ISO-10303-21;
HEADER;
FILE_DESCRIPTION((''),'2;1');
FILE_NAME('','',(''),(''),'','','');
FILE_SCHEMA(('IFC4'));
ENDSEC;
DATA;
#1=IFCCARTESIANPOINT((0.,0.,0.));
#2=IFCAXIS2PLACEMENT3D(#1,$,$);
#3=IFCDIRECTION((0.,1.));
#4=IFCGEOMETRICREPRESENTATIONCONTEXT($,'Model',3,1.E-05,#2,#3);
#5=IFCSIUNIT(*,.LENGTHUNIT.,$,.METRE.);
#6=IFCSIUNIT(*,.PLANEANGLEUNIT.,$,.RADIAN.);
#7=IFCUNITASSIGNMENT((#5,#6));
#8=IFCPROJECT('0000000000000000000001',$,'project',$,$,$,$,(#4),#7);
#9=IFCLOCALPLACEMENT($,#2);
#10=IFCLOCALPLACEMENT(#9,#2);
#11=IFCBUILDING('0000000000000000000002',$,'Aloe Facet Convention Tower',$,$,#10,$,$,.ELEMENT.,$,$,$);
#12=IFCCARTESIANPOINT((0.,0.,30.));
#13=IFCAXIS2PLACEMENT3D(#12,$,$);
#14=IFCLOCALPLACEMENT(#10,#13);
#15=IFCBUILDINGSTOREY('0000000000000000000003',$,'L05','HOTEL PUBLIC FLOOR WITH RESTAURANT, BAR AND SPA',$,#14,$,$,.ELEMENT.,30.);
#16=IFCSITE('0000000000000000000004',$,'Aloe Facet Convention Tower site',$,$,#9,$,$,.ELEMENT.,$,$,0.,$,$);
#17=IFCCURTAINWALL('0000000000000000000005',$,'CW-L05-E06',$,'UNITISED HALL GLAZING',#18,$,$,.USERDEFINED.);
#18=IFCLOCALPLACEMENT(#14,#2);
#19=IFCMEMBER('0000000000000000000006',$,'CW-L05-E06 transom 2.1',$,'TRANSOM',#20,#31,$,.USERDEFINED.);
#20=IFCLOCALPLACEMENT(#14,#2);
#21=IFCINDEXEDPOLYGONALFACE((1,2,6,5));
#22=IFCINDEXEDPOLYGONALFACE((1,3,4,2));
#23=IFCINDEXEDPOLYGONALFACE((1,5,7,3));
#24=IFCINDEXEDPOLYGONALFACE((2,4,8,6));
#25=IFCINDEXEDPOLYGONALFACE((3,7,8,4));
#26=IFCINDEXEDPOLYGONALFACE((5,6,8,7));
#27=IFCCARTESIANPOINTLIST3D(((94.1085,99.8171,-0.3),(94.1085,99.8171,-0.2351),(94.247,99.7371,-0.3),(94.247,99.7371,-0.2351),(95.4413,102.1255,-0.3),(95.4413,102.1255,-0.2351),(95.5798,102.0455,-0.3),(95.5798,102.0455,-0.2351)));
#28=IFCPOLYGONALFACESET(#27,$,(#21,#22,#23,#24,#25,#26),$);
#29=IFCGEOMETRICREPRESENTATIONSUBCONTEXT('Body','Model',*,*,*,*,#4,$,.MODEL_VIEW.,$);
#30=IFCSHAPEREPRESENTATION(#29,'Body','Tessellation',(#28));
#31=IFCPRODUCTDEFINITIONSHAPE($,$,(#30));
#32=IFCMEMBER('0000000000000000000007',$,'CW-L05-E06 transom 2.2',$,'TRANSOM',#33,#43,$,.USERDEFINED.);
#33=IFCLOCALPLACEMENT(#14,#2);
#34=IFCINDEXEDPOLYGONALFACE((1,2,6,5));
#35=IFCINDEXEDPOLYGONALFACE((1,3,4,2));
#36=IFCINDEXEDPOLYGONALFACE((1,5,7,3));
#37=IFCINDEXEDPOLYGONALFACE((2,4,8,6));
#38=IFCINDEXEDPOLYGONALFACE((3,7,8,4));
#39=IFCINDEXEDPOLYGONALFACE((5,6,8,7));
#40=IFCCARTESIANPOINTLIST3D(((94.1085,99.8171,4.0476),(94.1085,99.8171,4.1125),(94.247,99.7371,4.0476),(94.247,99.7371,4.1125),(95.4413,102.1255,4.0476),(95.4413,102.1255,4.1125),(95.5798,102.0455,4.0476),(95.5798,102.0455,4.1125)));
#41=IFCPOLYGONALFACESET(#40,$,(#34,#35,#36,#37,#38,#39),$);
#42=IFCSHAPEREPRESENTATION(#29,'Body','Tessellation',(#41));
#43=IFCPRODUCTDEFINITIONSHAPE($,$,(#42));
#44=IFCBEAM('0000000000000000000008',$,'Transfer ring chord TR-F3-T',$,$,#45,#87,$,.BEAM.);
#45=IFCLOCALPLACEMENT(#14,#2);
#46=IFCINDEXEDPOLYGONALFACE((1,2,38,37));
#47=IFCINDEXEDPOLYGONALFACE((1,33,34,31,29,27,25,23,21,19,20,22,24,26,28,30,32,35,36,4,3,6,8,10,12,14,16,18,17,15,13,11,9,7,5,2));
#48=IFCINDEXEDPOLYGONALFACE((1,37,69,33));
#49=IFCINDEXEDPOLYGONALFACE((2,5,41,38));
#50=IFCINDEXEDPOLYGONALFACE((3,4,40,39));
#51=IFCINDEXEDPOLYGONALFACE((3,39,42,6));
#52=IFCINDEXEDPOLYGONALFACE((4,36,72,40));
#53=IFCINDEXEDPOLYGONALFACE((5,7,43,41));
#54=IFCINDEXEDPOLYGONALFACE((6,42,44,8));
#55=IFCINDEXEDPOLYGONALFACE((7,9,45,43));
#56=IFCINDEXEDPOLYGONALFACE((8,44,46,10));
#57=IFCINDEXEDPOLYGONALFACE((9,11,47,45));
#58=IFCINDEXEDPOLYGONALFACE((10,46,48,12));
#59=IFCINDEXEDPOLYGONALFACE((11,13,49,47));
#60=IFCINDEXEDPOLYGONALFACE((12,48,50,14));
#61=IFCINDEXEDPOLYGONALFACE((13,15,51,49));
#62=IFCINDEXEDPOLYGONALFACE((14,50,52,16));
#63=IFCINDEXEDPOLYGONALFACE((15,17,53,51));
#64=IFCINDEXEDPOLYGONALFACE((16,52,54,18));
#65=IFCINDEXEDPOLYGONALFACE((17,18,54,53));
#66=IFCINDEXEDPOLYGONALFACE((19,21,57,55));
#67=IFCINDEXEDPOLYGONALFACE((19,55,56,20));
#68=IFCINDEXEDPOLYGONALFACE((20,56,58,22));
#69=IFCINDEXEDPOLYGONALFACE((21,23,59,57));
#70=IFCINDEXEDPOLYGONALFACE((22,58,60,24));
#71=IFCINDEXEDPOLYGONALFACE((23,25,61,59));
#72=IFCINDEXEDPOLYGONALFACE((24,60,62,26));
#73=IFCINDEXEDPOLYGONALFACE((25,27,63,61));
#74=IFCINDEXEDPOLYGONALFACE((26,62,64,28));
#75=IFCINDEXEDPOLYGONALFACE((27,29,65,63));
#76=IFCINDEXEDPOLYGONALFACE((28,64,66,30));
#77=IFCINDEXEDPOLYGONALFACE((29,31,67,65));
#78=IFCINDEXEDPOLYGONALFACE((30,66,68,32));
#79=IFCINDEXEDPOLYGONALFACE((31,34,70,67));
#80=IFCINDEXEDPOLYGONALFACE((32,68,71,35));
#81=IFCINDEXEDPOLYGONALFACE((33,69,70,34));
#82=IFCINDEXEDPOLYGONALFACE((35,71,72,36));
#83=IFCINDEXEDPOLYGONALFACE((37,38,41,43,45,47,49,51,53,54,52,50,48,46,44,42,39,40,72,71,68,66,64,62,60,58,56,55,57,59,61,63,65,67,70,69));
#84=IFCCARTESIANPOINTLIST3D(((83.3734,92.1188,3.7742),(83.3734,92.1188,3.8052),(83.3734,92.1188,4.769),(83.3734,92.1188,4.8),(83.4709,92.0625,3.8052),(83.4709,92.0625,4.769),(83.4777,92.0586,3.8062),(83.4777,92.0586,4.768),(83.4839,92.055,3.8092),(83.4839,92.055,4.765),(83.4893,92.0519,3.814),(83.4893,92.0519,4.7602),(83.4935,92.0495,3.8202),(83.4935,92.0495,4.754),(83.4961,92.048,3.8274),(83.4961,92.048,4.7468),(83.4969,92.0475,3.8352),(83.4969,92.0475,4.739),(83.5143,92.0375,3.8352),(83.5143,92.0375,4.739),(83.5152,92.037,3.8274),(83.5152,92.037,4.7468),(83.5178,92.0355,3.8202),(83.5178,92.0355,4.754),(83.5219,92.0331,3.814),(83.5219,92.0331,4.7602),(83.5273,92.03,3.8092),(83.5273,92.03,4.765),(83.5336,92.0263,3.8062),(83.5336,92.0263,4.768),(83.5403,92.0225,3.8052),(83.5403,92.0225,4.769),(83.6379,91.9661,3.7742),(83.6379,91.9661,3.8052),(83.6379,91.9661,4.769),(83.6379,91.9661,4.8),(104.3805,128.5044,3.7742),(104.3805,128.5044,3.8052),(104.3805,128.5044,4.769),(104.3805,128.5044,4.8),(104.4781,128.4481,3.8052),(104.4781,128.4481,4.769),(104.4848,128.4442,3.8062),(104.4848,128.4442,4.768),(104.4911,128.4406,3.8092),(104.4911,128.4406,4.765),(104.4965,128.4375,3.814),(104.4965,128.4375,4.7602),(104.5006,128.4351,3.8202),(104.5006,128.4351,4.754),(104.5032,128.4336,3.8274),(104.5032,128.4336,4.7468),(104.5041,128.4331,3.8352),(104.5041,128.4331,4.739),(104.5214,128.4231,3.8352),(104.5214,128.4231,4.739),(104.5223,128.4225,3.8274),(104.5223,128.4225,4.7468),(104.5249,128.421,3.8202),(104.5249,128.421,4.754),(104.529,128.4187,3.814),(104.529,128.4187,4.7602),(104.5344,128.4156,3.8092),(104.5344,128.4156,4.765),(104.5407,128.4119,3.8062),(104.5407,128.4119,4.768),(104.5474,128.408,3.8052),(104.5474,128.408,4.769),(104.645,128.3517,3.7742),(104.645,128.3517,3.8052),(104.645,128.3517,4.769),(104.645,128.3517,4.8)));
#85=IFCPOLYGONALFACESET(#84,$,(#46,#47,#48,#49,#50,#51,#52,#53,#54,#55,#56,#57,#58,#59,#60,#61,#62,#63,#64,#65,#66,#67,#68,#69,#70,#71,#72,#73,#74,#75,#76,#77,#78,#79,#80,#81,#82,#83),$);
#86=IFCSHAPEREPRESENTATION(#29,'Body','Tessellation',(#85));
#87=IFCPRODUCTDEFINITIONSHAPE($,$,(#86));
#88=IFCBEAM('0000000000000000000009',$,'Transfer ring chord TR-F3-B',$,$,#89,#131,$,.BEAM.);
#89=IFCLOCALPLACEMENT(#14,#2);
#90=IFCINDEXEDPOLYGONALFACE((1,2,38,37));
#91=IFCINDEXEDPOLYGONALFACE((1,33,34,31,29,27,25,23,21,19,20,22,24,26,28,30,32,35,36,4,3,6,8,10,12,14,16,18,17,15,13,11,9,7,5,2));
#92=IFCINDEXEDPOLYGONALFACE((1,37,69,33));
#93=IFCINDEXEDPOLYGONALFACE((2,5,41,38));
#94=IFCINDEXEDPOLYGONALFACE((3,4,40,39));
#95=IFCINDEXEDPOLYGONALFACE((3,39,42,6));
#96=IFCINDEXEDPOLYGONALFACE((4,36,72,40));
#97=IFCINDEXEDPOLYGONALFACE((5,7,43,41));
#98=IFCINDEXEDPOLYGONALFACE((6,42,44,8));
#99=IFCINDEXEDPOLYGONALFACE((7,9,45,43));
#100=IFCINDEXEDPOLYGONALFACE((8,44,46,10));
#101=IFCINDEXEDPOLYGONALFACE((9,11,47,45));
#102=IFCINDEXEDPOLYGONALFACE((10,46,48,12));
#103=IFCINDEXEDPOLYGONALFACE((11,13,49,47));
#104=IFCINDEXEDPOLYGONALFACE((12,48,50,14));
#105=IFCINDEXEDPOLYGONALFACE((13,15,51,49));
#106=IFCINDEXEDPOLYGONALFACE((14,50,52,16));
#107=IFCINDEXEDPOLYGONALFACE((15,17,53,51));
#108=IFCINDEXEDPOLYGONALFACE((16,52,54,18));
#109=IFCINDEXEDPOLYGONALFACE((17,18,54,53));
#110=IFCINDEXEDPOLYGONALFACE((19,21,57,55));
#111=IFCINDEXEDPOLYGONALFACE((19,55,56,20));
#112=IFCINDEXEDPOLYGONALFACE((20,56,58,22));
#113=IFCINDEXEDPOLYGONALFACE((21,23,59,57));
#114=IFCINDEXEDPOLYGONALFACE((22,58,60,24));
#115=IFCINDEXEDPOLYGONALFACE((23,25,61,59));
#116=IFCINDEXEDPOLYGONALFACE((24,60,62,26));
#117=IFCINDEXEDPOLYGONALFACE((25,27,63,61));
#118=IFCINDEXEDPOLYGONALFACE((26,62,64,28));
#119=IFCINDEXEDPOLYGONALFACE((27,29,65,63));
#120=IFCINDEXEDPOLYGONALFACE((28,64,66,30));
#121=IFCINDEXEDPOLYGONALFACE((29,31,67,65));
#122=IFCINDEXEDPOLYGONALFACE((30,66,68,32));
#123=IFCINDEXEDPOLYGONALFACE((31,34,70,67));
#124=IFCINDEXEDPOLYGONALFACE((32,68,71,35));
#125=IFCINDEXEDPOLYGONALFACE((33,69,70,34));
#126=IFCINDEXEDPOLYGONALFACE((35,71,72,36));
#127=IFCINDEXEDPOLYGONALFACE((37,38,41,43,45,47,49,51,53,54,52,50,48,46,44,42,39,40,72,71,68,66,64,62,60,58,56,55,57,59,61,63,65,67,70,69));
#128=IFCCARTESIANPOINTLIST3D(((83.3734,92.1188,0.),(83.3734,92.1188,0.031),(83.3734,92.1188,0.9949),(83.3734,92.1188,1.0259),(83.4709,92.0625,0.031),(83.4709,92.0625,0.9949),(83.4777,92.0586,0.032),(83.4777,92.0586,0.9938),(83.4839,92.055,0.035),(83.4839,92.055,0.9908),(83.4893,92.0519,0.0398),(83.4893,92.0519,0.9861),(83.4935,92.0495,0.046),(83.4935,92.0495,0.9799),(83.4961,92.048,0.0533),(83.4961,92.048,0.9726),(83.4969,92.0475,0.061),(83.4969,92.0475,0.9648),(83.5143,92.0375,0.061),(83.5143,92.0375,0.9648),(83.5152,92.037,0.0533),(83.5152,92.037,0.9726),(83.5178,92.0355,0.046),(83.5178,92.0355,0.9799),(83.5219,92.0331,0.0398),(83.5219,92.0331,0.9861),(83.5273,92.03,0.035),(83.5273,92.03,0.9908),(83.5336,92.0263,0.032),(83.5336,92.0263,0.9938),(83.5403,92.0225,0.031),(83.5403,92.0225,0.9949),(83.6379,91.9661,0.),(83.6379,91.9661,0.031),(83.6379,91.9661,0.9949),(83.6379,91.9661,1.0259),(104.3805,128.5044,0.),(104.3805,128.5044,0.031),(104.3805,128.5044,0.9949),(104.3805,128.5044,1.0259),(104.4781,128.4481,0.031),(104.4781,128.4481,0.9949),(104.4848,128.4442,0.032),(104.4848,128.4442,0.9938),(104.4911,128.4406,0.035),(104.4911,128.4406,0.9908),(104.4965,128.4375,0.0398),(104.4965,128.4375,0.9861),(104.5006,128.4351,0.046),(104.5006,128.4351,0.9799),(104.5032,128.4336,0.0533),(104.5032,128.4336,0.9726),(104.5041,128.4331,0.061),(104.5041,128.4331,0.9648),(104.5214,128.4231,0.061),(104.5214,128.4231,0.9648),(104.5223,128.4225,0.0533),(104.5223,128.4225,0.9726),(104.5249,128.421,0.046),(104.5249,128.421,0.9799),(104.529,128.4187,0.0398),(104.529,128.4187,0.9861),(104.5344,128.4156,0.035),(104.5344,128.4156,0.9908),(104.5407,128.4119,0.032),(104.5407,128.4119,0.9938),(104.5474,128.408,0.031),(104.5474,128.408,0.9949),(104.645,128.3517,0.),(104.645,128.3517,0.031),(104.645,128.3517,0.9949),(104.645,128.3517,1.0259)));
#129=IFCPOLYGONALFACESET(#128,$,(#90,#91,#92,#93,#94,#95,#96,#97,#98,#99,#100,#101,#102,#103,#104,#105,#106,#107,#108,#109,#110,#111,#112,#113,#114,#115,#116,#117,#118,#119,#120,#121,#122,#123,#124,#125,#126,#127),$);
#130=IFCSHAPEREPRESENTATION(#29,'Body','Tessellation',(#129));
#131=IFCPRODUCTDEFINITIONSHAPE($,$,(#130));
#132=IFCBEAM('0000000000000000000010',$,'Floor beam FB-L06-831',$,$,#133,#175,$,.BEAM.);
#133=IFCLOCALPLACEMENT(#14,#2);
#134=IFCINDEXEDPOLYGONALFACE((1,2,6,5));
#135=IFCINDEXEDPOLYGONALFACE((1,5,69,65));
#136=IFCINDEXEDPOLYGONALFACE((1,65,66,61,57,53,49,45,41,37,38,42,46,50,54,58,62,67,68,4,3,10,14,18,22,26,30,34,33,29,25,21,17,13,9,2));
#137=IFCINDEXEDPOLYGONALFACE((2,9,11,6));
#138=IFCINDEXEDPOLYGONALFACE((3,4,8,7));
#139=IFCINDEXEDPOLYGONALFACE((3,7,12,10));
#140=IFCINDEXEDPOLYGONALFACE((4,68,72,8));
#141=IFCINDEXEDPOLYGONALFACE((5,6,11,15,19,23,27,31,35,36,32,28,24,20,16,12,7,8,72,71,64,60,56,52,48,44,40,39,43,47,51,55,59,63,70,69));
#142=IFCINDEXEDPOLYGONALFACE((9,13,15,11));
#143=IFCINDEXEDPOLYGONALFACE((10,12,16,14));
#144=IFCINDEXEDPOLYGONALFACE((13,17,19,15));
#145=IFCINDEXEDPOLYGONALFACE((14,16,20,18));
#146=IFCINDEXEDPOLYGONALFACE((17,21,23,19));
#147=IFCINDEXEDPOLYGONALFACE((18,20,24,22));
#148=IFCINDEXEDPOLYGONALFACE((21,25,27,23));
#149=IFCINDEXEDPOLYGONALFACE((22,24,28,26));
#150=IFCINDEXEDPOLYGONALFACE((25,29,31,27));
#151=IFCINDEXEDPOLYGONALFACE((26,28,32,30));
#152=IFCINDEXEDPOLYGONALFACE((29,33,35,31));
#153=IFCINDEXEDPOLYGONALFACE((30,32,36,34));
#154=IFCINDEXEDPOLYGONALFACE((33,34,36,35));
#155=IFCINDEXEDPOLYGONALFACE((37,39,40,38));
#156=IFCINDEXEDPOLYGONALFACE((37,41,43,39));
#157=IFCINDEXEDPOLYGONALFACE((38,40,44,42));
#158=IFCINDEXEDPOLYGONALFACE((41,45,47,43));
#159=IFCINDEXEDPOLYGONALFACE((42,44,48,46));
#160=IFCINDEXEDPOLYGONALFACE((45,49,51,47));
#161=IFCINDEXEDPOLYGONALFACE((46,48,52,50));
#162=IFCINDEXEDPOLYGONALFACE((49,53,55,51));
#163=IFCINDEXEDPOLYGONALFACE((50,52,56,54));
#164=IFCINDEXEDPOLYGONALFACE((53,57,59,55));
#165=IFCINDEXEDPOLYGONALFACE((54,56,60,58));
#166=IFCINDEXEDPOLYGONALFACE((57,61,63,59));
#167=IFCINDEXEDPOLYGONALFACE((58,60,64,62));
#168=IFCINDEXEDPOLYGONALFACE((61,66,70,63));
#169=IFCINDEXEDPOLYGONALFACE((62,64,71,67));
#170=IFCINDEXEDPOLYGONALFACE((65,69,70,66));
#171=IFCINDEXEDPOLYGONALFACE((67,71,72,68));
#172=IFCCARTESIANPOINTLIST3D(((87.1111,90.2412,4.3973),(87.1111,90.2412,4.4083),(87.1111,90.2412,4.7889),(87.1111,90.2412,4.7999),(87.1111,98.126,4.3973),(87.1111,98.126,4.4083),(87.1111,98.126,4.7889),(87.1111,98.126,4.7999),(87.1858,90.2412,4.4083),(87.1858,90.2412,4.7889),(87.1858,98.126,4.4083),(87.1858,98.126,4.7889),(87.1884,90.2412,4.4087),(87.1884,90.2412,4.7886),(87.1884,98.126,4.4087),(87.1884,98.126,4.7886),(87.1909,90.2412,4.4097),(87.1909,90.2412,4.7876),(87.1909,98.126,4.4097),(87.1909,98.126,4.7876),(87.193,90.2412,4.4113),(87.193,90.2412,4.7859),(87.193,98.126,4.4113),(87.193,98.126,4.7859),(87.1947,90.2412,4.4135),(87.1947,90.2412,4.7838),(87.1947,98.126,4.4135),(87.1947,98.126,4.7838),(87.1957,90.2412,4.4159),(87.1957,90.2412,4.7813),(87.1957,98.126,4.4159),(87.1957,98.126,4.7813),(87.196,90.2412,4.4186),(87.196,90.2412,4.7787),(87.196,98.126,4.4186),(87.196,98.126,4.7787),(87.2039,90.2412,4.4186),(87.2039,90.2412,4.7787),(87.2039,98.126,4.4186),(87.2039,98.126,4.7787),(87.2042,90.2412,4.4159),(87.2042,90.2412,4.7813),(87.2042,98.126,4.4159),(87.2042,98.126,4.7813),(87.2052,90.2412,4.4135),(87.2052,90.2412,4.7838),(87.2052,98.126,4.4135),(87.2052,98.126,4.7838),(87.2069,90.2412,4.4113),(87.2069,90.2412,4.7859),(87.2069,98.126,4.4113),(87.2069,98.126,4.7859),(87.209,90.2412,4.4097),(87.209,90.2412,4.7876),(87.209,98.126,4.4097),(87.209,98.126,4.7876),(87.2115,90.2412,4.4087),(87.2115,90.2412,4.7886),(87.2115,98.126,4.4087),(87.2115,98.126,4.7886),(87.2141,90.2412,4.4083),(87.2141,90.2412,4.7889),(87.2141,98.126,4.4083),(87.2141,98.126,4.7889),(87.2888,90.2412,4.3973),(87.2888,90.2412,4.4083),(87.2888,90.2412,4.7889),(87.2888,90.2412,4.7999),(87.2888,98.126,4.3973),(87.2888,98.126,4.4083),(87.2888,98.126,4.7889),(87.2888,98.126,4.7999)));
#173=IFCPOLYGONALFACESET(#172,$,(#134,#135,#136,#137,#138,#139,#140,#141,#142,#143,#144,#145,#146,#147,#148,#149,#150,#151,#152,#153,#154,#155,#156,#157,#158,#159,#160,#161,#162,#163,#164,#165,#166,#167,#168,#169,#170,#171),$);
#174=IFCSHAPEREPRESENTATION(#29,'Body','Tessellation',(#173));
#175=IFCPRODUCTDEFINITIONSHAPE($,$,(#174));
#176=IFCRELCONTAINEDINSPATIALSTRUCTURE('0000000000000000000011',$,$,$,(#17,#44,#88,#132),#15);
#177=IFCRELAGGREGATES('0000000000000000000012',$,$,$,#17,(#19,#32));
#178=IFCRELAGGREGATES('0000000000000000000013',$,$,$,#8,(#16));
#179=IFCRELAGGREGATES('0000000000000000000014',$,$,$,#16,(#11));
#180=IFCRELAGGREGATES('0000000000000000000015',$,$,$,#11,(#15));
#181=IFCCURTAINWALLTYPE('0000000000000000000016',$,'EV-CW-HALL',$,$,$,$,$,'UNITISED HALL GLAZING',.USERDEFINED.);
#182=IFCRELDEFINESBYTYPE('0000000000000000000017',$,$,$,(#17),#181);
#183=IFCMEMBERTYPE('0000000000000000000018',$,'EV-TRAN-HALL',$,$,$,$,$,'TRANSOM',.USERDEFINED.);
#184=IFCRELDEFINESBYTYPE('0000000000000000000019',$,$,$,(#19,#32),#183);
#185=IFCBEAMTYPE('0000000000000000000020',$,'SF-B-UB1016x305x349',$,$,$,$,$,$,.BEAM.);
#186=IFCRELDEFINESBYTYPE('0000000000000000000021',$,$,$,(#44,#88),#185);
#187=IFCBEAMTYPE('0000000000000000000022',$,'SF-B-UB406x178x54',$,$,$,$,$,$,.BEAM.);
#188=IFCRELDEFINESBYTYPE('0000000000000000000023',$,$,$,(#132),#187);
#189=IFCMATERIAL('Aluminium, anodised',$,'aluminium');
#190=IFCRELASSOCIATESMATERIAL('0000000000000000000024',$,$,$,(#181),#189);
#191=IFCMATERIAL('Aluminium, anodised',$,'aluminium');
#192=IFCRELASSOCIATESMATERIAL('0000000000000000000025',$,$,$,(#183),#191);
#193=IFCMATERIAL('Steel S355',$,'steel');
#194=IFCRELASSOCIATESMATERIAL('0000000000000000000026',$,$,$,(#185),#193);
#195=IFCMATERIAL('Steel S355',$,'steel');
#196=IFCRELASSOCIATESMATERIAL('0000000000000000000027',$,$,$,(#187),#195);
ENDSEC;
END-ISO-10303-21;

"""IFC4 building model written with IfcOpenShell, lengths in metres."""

from ifc_helpers import new_model, si_unit, direction, frame, origin, origin_2d, place, context, subcontext, project, spatial, rectangle, i_section, extrude, material, material_profile, profile_set, type_object, element, aggregate, save


model = new_model("IFC4")

# Units and contexts
model_context = context("Model", 3, precision=1e-05, world=origin(), true_north=direction((0.0, 1.0)))
body_context = subcontext(model_context, "Body", "Model", "MODEL_VIEW")
ifc_project = project(units=[si_unit("LENGTHUNIT", "METRE"), si_unit("PLANEANGLEUNIT", "RADIAN")], contexts=[model_context])

# Site, building, storey
site_placement = place(None, origin())
site = spatial("IfcSite", under=ifc_project, at=site_placement, Name="Aloe Facet Convention Tower site", CompositionType="ELEMENT", RefElevation=0.0)
building_placement = place(site_placement, origin())
building = spatial("IfcBuilding", under=site, at=building_placement, Name="Aloe Facet Convention Tower", CompositionType="ELEMENT")
storey_placement = place(building_placement, frame((0.0, 0.0, 30.0)))
storey = spatial("IfcBuildingStorey", under=building, at=storey_placement, Name="L05", Description="HOTEL PUBLIC FLOOR WITH RESTAURANT, BAR AND SPA", CompositionType="ELEMENT", Elevation=30.0)

# Curtain wall
ifc_material_1 = material(Name="Aluminium, anodised", Category="aluminium")
curtain_wall_type = type_object("IfcCurtainWallType", Name="EV-CW-HALL", ElementType="UNITISED HALL GLAZING", PredefinedType="USERDEFINED", material=ifc_material_1)
curtain_wall_1_placement = place(storey_placement, origin())
curtain_wall_1 = element("IfcCurtainWall", 1, at=curtain_wall_1_placement, inside=storey, type_object=curtain_wall_type, Name="CW-L05-E06", ObjectType="UNITISED HALL GLAZING", PredefinedType="USERDEFINED")

# Members
ifc_material_2 = material(Name="Aluminium, anodised", Category="aluminium")
ifc_material_profile_1 = material_profile(ifc_material_2, rectangle(XDim=0.1599, YDim=0.0649, at=origin_2d()), Name="AL 160x65")
ifc_profile_set_1 = profile_set([ifc_material_profile_1], Name="Aluminium, anodised")
member_type_1 = type_object("IfcMemberType", Name="EV-TRAN-HALL", ElementType="TRANSOM", PredefinedType="USERDEFINED", material=ifc_profile_set_1)
member_1_placement = place(storey_placement, frame((94.1777, 99.7771, -0.2676), z_axis=(0.500011, 0.866019, 0.0), x_axis=(-0.866019, 0.500011, 0.0)))
member_1 = element("IfcMember", 2, at=member_1_placement, type_object=member_type_1, Name="CW-L05-E06 transom 2.1", ObjectType="TRANSOM", PredefinedType="USERDEFINED", context=body_context, shape_type="SweptSolid", body=[
    extrude(rectangle(XDim=0.1599, YDim=0.0649, at=origin_2d()), origin(), (0.0, 0.0, 1.0), 2.6655),
])
member_2_placement = place(storey_placement, frame((94.1777, 99.7771, 4.0801), z_axis=(0.500011, 0.866019, 0.0), x_axis=(-0.866019, 0.500011, 0.0)))
member_2 = element("IfcMember", 3, at=member_2_placement, type_object=member_type_1, Name="CW-L05-E06 transom 2.2", ObjectType="TRANSOM", PredefinedType="USERDEFINED", context=body_context, shape_type="SweptSolid", body=[
    extrude(rectangle(XDim=0.1599, YDim=0.0649, at=origin_2d()), origin(), (0.0, 0.0, 1.0), 2.6655),
])

# Beams
ifc_material_3 = material(Name="Steel S355", Category="steel")
ifc_material_profile_2 = material_profile(ifc_material_3, i_section(OverallWidth=0.3054, OverallDepth=1.0259, WebThickness=0.02, FlangeThickness=0.031, FilletRadius=0.03, at=origin_2d()), Name="UB 1016x305x349")
ifc_profile_set_2 = profile_set([ifc_material_profile_2], Name="Steel S355")
beam_type_1 = type_object("IfcBeamType", Name="SF-B-UB1016x305x349", PredefinedType="BEAM", material=ifc_profile_set_2)
for number, where, z_axis, x_axis, name in (
    (4, (83.5056, 92.0425, 4.2871), (0.499998, 0.866026, 0.0), (-0.866026, 0.499998, 0.0), "Transfer ring chord TR-F3-T"),
    (5, (83.5056, 92.0425, 0.5129), (0.499998, 0.866026, 0.0), (-0.866026, 0.499998, 0.0), "Transfer ring chord TR-F3-B"),
):
    element("IfcBeam", number, at=place(storey_placement, frame(where, z_axis=z_axis, x_axis=x_axis)), inside=storey, type_object=beam_type_1, Name=name, PredefinedType="BEAM", context=body_context, shape_type="SweptSolid", body=[
        extrude(i_section(OverallWidth=0.3054, OverallDepth=1.0259, WebThickness=0.02, FlangeThickness=0.031, FilletRadius=0.03, at=origin_2d()), origin(), (0.0, 0.0, 1.0), 42.0144),
    ])
ifc_material_4 = material(Name="Steel S355", Category="steel")
ifc_material_profile_3 = material_profile(ifc_material_4, i_section(OverallWidth=0.1777, OverallDepth=0.4026, WebThickness=0.0078, FlangeThickness=0.011, FilletRadius=0.0103, at=origin_2d()), Name="UB 406x178x54")
ifc_profile_set_3 = profile_set([ifc_material_profile_3], Name="Steel S355")
beam_type_2 = type_object("IfcBeamType", Name="SF-B-UB406x178x54", PredefinedType="BEAM", material=ifc_profile_set_3)
beam_1_placement = place(storey_placement, frame((87.2, 90.2412, 4.5986), z_axis=(0.0, 1.0, 0.0), x_axis=(-1.0, 0.0, 0.0)))
element("IfcBeam", 6, at=beam_1_placement, inside=storey, type_object=beam_type_2, Name="Floor beam FB-L06-831", PredefinedType="BEAM", context=body_context, shape_type="SweptSolid", body=[
    extrude(i_section(OverallWidth=0.1777, OverallDepth=0.4026, WebThickness=0.0078, FlangeThickness=0.011, FilletRadius=0.0103, at=origin_2d()), origin(), (0.0, 0.0, 1.0), 7.8848),
])

aggregate(curtain_wall_1, [member_1, member_2])

save(model, "model.ifc")
